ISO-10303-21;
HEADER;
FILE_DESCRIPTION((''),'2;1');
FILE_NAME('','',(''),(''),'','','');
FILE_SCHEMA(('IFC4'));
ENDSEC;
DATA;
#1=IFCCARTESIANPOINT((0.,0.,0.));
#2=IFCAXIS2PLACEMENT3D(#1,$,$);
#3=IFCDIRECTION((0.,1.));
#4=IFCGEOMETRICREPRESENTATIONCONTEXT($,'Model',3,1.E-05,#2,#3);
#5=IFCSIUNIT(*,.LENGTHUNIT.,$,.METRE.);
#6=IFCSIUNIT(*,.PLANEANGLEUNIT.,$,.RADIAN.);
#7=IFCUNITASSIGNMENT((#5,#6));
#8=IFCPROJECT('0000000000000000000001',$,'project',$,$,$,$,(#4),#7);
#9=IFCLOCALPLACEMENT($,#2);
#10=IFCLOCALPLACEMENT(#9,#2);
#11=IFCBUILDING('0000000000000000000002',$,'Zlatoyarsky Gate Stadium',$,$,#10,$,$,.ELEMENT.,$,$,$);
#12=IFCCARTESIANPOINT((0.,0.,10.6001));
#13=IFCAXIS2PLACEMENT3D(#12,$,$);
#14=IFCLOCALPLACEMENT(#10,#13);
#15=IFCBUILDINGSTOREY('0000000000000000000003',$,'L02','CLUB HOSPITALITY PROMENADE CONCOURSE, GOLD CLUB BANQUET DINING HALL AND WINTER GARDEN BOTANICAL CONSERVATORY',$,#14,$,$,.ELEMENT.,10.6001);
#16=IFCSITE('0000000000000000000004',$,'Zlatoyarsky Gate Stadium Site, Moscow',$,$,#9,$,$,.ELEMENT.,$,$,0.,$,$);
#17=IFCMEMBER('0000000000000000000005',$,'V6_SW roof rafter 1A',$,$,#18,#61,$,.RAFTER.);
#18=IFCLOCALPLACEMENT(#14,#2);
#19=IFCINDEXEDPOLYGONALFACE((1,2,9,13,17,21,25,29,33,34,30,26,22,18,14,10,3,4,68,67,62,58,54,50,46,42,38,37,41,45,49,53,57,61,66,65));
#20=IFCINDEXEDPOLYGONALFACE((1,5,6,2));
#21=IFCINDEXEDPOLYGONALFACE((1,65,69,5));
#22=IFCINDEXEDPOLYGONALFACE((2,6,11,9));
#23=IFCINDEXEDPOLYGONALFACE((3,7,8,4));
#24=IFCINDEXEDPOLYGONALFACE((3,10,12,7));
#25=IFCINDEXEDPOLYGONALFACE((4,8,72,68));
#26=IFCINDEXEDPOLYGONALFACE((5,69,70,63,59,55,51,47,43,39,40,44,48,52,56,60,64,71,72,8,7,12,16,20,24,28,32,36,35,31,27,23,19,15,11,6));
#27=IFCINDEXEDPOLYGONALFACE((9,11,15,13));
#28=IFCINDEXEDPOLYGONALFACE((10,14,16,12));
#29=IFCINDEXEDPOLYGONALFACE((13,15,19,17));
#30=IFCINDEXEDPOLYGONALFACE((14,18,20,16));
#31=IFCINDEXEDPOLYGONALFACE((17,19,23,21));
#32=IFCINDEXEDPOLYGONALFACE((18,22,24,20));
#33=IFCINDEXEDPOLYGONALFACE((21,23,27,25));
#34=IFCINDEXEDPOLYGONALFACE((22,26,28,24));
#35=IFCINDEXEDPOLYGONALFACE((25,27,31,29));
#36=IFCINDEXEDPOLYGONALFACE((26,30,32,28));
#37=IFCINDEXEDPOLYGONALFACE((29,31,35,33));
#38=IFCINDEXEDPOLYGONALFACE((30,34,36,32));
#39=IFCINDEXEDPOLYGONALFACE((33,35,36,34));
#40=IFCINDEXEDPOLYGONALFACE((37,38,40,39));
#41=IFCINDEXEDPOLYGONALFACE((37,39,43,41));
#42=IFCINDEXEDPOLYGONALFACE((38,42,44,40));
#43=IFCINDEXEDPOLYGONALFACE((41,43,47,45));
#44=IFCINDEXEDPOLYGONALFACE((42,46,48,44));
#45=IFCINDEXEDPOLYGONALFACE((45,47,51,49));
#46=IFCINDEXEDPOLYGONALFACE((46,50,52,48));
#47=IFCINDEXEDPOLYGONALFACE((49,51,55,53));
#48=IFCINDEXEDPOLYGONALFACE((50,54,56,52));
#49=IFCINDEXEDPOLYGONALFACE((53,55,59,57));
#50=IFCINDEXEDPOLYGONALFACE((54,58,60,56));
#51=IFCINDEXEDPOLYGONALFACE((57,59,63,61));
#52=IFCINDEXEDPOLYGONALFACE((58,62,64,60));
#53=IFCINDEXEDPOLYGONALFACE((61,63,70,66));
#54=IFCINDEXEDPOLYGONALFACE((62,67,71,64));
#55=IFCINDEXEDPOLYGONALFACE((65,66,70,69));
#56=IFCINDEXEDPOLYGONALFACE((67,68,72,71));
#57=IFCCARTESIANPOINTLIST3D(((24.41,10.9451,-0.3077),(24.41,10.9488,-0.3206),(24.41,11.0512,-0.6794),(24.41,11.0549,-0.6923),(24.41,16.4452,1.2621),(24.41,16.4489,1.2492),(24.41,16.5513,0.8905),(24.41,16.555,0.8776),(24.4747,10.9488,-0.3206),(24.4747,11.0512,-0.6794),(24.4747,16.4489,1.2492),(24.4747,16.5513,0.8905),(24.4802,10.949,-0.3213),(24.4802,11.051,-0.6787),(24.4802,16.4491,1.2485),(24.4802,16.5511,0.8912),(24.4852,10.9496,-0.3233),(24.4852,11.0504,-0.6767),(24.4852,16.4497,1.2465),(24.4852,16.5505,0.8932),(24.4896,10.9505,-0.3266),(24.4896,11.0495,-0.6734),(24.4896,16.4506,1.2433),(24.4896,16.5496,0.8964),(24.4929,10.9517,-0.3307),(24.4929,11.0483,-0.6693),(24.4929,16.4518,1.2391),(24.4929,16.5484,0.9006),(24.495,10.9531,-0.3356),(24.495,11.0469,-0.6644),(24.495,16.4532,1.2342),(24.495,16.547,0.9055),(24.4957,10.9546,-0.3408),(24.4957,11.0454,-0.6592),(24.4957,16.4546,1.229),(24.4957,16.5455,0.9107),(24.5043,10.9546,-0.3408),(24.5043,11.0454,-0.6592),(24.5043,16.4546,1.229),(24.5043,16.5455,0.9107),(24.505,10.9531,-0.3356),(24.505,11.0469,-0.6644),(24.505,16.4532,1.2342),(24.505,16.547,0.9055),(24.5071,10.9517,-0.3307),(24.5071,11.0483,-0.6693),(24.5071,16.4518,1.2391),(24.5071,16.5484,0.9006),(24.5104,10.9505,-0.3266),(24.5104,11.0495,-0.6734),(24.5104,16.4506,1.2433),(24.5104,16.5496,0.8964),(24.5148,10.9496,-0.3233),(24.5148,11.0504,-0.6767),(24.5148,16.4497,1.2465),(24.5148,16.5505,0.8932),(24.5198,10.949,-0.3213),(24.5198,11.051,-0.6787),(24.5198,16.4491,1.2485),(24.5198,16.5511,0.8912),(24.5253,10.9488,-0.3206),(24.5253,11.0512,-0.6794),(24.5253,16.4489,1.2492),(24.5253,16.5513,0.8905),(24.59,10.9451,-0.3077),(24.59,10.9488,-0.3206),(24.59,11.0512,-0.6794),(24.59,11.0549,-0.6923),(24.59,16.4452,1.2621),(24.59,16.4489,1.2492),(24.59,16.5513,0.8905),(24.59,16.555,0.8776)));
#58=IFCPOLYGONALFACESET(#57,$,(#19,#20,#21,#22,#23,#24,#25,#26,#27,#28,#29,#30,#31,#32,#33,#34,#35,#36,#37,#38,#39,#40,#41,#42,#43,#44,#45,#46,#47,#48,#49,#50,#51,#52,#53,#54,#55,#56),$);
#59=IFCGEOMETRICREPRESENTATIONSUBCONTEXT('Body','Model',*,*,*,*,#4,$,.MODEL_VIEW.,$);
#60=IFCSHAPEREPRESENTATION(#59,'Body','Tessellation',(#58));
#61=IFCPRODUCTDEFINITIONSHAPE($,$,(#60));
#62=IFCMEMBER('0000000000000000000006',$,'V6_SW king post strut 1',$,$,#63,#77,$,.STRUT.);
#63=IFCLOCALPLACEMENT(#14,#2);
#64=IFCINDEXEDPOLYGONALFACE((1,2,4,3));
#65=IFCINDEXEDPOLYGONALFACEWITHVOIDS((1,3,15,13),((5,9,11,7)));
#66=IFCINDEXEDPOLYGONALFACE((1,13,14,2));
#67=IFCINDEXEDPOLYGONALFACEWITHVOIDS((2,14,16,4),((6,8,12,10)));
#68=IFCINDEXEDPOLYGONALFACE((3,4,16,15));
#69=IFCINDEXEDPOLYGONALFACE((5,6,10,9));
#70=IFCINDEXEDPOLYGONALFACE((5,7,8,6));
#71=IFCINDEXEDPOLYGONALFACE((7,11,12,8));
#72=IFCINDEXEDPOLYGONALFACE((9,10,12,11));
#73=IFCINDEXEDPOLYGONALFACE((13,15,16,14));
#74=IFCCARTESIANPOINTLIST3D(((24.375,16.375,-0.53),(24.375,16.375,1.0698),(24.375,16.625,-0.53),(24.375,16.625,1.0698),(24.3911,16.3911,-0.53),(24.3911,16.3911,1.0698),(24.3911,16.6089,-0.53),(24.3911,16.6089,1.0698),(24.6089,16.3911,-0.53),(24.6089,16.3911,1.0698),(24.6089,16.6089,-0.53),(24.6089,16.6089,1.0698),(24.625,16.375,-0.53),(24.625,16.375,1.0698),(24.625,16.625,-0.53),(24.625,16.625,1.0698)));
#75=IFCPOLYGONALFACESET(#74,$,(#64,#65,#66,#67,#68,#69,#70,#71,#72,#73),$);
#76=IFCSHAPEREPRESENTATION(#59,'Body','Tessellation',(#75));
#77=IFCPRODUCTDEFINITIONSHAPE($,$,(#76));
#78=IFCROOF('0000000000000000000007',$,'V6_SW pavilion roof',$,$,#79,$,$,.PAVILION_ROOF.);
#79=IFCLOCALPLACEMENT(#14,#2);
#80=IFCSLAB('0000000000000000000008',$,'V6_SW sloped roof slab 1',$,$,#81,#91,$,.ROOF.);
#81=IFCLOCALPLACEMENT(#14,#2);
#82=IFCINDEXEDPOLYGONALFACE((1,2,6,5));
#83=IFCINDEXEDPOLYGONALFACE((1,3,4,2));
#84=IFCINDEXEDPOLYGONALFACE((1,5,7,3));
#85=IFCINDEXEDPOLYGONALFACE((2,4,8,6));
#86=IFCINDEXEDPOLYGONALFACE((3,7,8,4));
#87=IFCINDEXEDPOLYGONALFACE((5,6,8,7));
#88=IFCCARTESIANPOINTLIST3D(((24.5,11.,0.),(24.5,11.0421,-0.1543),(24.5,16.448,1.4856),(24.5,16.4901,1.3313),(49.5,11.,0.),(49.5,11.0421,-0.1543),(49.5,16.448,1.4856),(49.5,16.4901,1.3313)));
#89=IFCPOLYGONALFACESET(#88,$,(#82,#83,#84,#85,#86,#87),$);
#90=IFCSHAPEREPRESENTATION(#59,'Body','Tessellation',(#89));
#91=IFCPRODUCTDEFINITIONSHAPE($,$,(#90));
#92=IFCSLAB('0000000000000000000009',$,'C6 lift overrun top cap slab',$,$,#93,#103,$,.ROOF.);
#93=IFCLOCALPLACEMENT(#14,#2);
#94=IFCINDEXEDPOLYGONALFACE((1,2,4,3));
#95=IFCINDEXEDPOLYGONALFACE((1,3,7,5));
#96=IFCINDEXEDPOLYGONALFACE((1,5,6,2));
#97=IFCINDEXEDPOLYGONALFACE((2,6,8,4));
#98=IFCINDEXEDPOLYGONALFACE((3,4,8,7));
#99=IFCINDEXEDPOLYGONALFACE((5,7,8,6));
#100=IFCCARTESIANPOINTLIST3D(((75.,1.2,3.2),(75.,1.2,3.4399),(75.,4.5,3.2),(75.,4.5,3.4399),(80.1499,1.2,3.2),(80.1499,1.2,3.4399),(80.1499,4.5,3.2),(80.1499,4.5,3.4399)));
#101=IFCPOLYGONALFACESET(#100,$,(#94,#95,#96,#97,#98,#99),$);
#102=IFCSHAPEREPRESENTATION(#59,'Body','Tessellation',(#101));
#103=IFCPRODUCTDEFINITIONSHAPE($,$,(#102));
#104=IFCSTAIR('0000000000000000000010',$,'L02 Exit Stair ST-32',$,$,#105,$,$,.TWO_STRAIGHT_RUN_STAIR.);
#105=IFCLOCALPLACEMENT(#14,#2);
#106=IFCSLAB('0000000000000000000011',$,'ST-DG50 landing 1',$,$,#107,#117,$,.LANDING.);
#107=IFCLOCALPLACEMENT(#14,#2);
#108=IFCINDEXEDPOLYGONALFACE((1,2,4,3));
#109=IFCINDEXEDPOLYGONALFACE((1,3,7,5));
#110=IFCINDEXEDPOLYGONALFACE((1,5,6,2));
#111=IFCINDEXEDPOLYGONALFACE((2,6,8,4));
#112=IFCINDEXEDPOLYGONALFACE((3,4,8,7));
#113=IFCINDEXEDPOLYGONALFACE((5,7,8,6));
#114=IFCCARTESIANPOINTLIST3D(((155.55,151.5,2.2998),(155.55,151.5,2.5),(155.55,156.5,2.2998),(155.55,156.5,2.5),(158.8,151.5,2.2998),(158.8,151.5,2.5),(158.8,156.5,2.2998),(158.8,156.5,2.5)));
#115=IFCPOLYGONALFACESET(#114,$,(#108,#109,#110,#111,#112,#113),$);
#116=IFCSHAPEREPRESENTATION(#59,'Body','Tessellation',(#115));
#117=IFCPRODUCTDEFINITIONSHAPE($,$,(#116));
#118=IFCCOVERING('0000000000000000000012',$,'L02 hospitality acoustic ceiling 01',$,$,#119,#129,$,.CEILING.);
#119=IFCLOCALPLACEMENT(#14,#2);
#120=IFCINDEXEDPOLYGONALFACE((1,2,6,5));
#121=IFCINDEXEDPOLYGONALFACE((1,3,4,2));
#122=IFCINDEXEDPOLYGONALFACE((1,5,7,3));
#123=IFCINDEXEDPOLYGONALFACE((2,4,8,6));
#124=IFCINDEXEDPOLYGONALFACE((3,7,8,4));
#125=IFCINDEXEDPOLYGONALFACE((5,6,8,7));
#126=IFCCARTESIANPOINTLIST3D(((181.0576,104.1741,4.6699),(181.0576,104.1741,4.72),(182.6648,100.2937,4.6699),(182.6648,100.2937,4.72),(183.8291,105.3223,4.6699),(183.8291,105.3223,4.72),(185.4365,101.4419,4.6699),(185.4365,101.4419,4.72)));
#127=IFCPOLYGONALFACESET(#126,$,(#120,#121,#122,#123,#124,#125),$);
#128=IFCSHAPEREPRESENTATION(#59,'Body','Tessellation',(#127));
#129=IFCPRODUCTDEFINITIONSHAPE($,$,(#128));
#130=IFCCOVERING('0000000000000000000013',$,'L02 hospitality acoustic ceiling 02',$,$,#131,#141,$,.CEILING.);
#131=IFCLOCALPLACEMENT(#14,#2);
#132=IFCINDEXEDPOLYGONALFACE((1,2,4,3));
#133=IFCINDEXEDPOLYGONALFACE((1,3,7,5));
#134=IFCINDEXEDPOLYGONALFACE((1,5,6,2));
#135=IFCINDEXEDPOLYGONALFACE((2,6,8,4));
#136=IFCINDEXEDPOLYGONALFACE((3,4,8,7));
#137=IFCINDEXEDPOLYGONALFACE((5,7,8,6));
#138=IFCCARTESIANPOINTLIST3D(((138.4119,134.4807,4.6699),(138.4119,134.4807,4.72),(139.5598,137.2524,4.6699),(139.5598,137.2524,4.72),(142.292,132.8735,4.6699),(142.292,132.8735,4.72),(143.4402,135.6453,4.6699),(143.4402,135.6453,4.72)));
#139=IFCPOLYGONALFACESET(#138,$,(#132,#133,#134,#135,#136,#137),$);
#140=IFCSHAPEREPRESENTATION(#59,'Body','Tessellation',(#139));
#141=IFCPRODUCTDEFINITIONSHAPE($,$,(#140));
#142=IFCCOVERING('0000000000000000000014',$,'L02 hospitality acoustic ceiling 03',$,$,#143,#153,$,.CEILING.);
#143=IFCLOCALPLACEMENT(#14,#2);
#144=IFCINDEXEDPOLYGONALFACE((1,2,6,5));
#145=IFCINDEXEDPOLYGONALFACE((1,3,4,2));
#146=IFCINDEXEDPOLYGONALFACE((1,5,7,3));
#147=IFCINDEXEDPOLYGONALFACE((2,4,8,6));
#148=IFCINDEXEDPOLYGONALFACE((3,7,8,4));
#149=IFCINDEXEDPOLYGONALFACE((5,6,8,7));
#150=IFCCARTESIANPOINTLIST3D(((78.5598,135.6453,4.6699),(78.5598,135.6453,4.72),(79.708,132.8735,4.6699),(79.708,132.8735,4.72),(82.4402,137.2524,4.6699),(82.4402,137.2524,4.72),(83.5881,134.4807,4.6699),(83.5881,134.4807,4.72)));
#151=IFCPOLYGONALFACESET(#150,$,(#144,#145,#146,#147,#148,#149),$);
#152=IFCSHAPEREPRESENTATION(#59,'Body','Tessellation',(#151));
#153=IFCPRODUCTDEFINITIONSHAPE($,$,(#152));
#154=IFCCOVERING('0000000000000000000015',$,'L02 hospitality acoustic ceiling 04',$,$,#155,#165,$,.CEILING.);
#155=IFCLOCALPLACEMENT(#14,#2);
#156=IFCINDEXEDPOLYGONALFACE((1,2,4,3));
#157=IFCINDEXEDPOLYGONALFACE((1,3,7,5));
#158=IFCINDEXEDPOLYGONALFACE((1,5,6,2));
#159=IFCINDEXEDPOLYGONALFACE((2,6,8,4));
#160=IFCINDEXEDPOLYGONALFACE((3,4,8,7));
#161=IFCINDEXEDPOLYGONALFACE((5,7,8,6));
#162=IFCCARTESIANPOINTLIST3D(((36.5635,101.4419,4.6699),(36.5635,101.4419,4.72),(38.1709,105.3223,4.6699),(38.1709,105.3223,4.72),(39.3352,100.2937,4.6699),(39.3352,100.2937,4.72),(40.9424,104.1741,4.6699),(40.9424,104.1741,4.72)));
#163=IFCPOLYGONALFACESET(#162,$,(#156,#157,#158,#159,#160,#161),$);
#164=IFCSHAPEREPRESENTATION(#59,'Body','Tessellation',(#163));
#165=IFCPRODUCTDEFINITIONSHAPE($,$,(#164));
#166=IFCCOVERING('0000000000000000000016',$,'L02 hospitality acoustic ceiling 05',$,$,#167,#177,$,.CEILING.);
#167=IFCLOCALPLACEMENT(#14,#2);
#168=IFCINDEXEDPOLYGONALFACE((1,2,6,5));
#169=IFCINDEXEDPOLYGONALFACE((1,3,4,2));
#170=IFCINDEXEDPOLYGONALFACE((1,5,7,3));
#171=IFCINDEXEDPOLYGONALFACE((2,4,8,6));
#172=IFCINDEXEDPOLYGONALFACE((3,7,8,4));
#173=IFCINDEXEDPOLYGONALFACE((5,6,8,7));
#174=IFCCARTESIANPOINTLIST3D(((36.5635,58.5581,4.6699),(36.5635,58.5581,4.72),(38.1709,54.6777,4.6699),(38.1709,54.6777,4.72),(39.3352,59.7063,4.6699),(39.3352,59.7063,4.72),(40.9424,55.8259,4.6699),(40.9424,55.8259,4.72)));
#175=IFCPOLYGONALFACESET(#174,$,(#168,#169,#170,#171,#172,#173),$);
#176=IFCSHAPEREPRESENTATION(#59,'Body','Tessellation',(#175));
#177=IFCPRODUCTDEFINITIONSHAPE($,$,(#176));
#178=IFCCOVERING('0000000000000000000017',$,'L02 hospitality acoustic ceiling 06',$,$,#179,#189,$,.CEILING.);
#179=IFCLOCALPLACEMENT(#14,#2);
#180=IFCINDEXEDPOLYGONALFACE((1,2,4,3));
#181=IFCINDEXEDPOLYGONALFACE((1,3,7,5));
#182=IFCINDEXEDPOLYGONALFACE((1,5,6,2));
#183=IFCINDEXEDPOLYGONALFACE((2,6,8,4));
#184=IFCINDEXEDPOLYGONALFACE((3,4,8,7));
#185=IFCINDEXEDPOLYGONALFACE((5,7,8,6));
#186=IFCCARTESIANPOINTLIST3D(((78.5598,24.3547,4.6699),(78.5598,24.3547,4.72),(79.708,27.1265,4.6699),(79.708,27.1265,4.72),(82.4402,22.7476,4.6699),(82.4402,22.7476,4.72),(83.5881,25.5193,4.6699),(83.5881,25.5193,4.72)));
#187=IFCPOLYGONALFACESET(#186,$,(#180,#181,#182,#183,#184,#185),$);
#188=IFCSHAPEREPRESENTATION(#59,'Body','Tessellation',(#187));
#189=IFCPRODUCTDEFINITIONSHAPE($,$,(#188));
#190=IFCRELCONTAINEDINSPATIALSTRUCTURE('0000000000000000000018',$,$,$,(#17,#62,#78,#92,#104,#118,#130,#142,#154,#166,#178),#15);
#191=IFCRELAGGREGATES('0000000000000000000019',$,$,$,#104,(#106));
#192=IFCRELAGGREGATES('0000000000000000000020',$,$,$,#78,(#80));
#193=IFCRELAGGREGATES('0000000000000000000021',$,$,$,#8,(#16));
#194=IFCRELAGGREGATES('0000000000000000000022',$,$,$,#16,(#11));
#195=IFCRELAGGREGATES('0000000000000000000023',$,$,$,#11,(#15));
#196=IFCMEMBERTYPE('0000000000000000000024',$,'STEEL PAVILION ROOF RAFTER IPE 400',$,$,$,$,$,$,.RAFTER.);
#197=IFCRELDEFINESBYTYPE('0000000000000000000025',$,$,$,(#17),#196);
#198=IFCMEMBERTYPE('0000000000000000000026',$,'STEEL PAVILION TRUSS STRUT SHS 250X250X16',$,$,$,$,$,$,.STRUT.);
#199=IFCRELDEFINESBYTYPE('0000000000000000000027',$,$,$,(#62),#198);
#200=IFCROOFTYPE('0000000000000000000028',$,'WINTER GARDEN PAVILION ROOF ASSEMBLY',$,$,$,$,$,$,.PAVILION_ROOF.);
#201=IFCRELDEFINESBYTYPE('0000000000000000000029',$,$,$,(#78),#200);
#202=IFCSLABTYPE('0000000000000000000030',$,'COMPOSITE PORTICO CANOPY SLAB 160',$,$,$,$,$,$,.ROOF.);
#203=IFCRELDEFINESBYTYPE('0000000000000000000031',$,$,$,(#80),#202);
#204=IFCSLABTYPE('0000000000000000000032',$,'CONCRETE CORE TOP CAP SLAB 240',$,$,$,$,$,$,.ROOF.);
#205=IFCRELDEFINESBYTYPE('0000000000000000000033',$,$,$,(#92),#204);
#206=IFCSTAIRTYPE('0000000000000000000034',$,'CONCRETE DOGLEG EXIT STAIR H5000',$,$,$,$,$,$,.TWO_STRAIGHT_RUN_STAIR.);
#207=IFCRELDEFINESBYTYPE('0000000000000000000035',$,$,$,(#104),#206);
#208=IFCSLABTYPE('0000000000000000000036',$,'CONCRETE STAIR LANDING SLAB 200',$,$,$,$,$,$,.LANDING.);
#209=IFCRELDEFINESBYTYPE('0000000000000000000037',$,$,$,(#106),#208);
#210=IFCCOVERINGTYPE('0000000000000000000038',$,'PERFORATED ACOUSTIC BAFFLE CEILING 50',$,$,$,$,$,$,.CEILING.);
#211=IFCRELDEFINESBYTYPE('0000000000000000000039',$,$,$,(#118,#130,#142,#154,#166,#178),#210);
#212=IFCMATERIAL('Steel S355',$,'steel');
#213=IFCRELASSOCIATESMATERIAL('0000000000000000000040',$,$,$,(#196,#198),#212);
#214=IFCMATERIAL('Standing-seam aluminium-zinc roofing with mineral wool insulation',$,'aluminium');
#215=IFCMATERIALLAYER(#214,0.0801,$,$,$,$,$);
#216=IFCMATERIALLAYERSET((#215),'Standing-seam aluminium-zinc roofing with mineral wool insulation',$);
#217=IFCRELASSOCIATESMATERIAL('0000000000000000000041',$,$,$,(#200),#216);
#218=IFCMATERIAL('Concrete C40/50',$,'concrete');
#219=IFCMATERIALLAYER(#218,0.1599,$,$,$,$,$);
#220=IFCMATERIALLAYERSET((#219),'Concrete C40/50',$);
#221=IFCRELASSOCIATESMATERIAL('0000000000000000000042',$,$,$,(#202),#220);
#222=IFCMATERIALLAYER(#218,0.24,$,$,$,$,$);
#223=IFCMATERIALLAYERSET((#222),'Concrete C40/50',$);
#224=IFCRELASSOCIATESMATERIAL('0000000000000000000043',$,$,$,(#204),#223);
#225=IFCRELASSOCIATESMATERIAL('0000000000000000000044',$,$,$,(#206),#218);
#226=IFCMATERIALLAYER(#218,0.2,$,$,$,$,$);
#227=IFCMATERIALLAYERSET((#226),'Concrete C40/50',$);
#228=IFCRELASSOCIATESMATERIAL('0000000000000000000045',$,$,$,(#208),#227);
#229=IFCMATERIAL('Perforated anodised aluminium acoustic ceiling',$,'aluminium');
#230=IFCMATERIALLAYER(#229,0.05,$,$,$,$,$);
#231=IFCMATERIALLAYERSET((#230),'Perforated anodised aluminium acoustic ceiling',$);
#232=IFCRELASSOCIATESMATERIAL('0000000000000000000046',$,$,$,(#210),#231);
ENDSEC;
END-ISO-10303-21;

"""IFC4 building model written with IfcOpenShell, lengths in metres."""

from ifc_helpers import new_model, si_unit, direction, frame, origin, origin_2d, place, context, subcontext, project, spatial, polyline, hollow_rectangle, i_section, outline, extrude, material, layer, layer_set, material_profile, profile_set, type_object, element, aggregate, save


model = new_model("IFC4")

# Units and contexts
model_context = context("Model", 3, precision=1e-05, world=origin(), true_north=direction((0.0, 1.0)))
body_context = subcontext(model_context, "Body", "Model", "MODEL_VIEW")
ifc_project = project(units=[si_unit("LENGTHUNIT", "METRE"), si_unit("PLANEANGLEUNIT", "RADIAN")], contexts=[model_context])

# Site, building, storey
site_placement = place(None, origin())
site = spatial("IfcSite", under=ifc_project, at=site_placement, Name="Zlatoyarsky Gate Stadium Site, Moscow", CompositionType="ELEMENT", RefElevation=0.0)
building_placement = place(site_placement, origin())
building = spatial("IfcBuilding", under=site, at=building_placement, Name="Zlatoyarsky Gate Stadium", CompositionType="ELEMENT")
storey_placement = place(building_placement, frame((0.0, 0.0, 10.6001)))
storey = spatial("IfcBuildingStorey", under=building, at=storey_placement, Name="L02", Description="CLUB HOSPITALITY PROMENADE CONCOURSE, GOLD CLUB BANQUET DINING HALL AND WINTER GARDEN BOTANICAL CONSERVATORY", CompositionType="ELEMENT", Elevation=10.6001)

# Shared definitions
ifc_material_1 = material(Name="Steel S355", Category="steel")

# Members
ifc_material_profile_1 = material_profile(ifc_material_1, i_section(OverallWidth=0.1799, OverallDepth=0.3999, WebThickness=0.0085, FlangeThickness=0.0134, FilletRadius=0.021, at=origin_2d()), Name="IPE 400")
ifc_profile_set_1 = profile_set([ifc_material_profile_1], Name="Steel S355")
member_type_1 = type_object("IfcMemberType", Name="STEEL PAVILION ROOF RAFTER IPE 400", PredefinedType="RAFTER", material=ifc_profile_set_1)
member_1_placement = place(storey_placement, frame((24.5, 11.0, -0.5), z_axis=(0.0, 0.961598, 0.274462), x_axis=(-1.0, 0.0, 0.0)))
element("IfcMember", 1, at=member_1_placement, inside=storey, type_object=member_type_1, Name="V6_SW roof rafter 1A", PredefinedType="RAFTER", context=body_context, shape_type="SweptSolid", body=[
    extrude(i_section(OverallWidth=0.1799, OverallDepth=0.3999, WebThickness=0.0085, FlangeThickness=0.0134, FilletRadius=0.021, at=origin_2d()), origin(), (0.0, 0.0, 1.0), 5.7197),
])
ifc_material_profile_2 = material_profile(ifc_material_1, hollow_rectangle(XDim=0.25, YDim=0.25, WallThickness=0.0161, at=origin_2d()), Name="SHS 250X250X16")
ifc_profile_set_2 = profile_set([ifc_material_profile_2], Name="Steel S355")
member_type_2 = type_object("IfcMemberType", Name="STEEL PAVILION TRUSS STRUT SHS 250X250X16", PredefinedType="STRUT", material=ifc_profile_set_2)
member_2_placement = place(storey_placement, frame((24.5, 16.5, -0.53), z_axis=(0.0, 0.0, 1.0), x_axis=(1.0, 0.0, 0.0)))
element("IfcMember", 2, at=member_2_placement, inside=storey, type_object=member_type_2, Name="V6_SW king post strut 1", PredefinedType="STRUT", context=body_context, shape_type="SweptSolid", body=[
    extrude(hollow_rectangle(XDim=0.25, YDim=0.25, WallThickness=0.0161, at=origin_2d()), origin(), (0.0, 0.0, 1.0), 1.5999),
])

# Roof, slab
ifc_material_2 = material(Name="Standing-seam aluminium-zinc roofing with mineral wool insulation", Category="aluminium")
ifc_layer_1 = layer(ifc_material_2, 0.0801)
ifc_layer_set_1 = layer_set([ifc_layer_1], Name="Standing-seam aluminium-zinc roofing with mineral wool insulation")
roof_type = type_object("IfcRoofType", Name="WINTER GARDEN PAVILION ROOF ASSEMBLY", PredefinedType="PAVILION_ROOF", material=ifc_layer_set_1)
roof_placement = place(storey_placement, origin())
roof = element("IfcRoof", 3, at=roof_placement, inside=storey, type_object=roof_type, Name="V6_SW pavilion roof", PredefinedType="PAVILION_ROOF")
ifc_material_3 = material(Name="Concrete C40/50", Category="concrete")
ifc_layer_2 = layer(ifc_material_3, 0.1599)
ifc_layer_set_2 = layer_set([ifc_layer_2], Name="Concrete C40/50")
slab_type_1 = type_object("IfcSlabType", Name="COMPOSITE PORTICO CANOPY SLAB 160", PredefinedType="ROOF", material=ifc_layer_set_2)
slab_1_placement = place(storey_placement, frame((24.5, 11.0, 0.0), z_axis=(0.0, -0.263081, 0.964774), x_axis=(1.0, 0.0, 0.0)))
slab_1 = element("IfcSlab", 4, at=slab_1_placement, type_object=slab_type_1, Name="V6_SW sloped roof slab 1", PredefinedType="ROOF", context=body_context, shape_type="SweptSolid", body=[
    extrude(outline(polyline([(0.0, 0.0), (25.0, 0.0), (25.0, 5.6469), (0.0, 5.6469), (0.0, 0.0)])), origin(), (0.0, 0.0, -1.0), 0.1599),
])

# Slab
ifc_layer_3 = layer(ifc_material_3, 0.24)
ifc_layer_set_3 = layer_set([ifc_layer_3], Name="Concrete C40/50")
slab_type_2 = type_object("IfcSlabType", Name="CONCRETE CORE TOP CAP SLAB 240", PredefinedType="ROOF", material=ifc_layer_set_3)
slab_2_placement = place(storey_placement, frame((0.0, 0.0, 3.2)))
element("IfcSlab", 5, at=slab_2_placement, inside=storey, type_object=slab_type_2, Name="C6 lift overrun top cap slab", PredefinedType="ROOF", context=body_context, shape_type="SweptSolid", body=[
    extrude(outline(polyline([(75.0, 1.2), (80.1499, 1.2), (80.1499, 4.5), (75.0, 4.5), (75.0, 1.2)])), origin(), (0.0, 0.0, 1.0), 0.24),
])

# Stair, slab
stair_type = type_object("IfcStairType", Name="CONCRETE DOGLEG EXIT STAIR H5000", PredefinedType="TWO_STRAIGHT_RUN_STAIR", material=ifc_material_3)
stair_placement = place(storey_placement, origin())
stair = element("IfcStair", 6, at=stair_placement, inside=storey, type_object=stair_type, Name="L02 Exit Stair ST-32", PredefinedType="TWO_STRAIGHT_RUN_STAIR")
ifc_layer_4 = layer(ifc_material_3, 0.2)
ifc_layer_set_4 = layer_set([ifc_layer_4], Name="Concrete C40/50")
slab_type_3 = type_object("IfcSlabType", Name="CONCRETE STAIR LANDING SLAB 200", PredefinedType="LANDING", material=ifc_layer_set_4)
slab_3_placement = place(storey_placement, frame((0.0, 0.0, 2.2998)))
slab_3 = element("IfcSlab", 7, at=slab_3_placement, type_object=slab_type_3, Name="ST-DG50 landing 1", PredefinedType="LANDING", context=body_context, shape_type="SweptSolid", body=[
    extrude(outline(polyline([(155.55, 151.5), (158.8, 151.5), (158.8, 156.5), (155.55, 156.5), (155.55, 151.5)])), origin(), (0.0, 0.0, 1.0), 0.2002),
])
aggregate(stair, [slab_3])

# Coverings
ifc_material_4 = material(Name="Perforated anodised aluminium acoustic ceiling", Category="aluminium")
ifc_layer_5 = layer(ifc_material_4, 0.05)
ifc_layer_set_5 = layer_set([ifc_layer_5], Name="Perforated anodised aluminium acoustic ceiling")
covering_type_1 = type_object("IfcCoveringType", Name="PERFORATED ACOUSTIC BAFFLE CEILING 50", PredefinedType="CEILING", material=ifc_layer_set_5)
covering_1_placement = place(storey_placement, frame((0.0, 0.0, 4.6699)))
element("IfcCovering", 8, at=covering_1_placement, inside=storey, type_object=covering_type_1, Name="L02 hospitality acoustic ceiling 01", PredefinedType="CEILING", context=body_context, shape_type="SweptSolid", body=[
    extrude(outline(polyline([(182.6648, 100.2937), (181.0576, 104.1741), (183.8291, 105.3223), (185.4365, 101.4419), (182.6648, 100.2937)])), origin(), (0.0, 0.0, 1.0), 0.05),
])
covering_2_placement = place(storey_placement, frame((0.0, 0.0, 4.6699)))
element("IfcCovering", 9, at=covering_2_placement, inside=storey, type_object=covering_type_1, Name="L02 hospitality acoustic ceiling 02", PredefinedType="CEILING", context=body_context, shape_type="SweptSolid", body=[
    extrude(outline(polyline([(142.292, 132.8735), (138.4119, 134.4807), (139.5598, 137.2524), (143.4402, 135.6453), (142.292, 132.8735)])), origin(), (0.0, 0.0, 1.0), 0.05),
])
covering_3_placement = place(storey_placement, frame((0.0, 0.0, 4.6699)))
element("IfcCovering", 10, at=covering_3_placement, inside=storey, type_object=covering_type_1, Name="L02 hospitality acoustic ceiling 03", PredefinedType="CEILING", context=body_context, shape_type="SweptSolid", body=[
    extrude(outline(polyline([(83.5881, 134.4807), (79.708, 132.8735), (78.5598, 135.6453), (82.4402, 137.2524), (83.5881, 134.4807)])), origin(), (0.0, 0.0, 1.0), 0.05),
])
covering_4_placement = place(storey_placement, frame((0.0, 0.0, 4.6699)))
element("IfcCovering", 11, at=covering_4_placement, inside=storey, type_object=covering_type_1, Name="L02 hospitality acoustic ceiling 04", PredefinedType="CEILING", context=body_context, shape_type="SweptSolid", body=[
    extrude(outline(polyline([(40.9424, 104.1741), (39.3352, 100.2937), (36.5635, 101.4419), (38.1709, 105.3223), (40.9424, 104.1741)])), origin(), (0.0, 0.0, 1.0), 0.05),
])
covering_5_placement = place(storey_placement, frame((0.0, 0.0, 4.6699)))
element("IfcCovering", 12, at=covering_5_placement, inside=storey, type_object=covering_type_1, Name="L02 hospitality acoustic ceiling 05", PredefinedType="CEILING", context=body_context, shape_type="SweptSolid", body=[
    extrude(outline(polyline([(39.3352, 59.7063), (40.9424, 55.8259), (38.1709, 54.6777), (36.5635, 58.5581), (39.3352, 59.7063)])), origin(), (0.0, 0.0, 1.0), 0.05),
])
covering_6_placement = place(storey_placement, frame((0.0, 0.0, 4.6699)))
element("IfcCovering", 13, at=covering_6_placement, inside=storey, type_object=covering_type_1, Name="L02 hospitality acoustic ceiling 06", PredefinedType="CEILING", context=body_context, shape_type="SweptSolid", body=[
    extrude(outline(polyline([(79.708, 27.1265), (83.5881, 25.5193), (82.4402, 22.7476), (78.5598, 24.3547), (79.708, 27.1265)])), origin(), (0.0, 0.0, 1.0), 0.05),
])

aggregate(roof, [slab_1])

save(model, "model.ifc")
